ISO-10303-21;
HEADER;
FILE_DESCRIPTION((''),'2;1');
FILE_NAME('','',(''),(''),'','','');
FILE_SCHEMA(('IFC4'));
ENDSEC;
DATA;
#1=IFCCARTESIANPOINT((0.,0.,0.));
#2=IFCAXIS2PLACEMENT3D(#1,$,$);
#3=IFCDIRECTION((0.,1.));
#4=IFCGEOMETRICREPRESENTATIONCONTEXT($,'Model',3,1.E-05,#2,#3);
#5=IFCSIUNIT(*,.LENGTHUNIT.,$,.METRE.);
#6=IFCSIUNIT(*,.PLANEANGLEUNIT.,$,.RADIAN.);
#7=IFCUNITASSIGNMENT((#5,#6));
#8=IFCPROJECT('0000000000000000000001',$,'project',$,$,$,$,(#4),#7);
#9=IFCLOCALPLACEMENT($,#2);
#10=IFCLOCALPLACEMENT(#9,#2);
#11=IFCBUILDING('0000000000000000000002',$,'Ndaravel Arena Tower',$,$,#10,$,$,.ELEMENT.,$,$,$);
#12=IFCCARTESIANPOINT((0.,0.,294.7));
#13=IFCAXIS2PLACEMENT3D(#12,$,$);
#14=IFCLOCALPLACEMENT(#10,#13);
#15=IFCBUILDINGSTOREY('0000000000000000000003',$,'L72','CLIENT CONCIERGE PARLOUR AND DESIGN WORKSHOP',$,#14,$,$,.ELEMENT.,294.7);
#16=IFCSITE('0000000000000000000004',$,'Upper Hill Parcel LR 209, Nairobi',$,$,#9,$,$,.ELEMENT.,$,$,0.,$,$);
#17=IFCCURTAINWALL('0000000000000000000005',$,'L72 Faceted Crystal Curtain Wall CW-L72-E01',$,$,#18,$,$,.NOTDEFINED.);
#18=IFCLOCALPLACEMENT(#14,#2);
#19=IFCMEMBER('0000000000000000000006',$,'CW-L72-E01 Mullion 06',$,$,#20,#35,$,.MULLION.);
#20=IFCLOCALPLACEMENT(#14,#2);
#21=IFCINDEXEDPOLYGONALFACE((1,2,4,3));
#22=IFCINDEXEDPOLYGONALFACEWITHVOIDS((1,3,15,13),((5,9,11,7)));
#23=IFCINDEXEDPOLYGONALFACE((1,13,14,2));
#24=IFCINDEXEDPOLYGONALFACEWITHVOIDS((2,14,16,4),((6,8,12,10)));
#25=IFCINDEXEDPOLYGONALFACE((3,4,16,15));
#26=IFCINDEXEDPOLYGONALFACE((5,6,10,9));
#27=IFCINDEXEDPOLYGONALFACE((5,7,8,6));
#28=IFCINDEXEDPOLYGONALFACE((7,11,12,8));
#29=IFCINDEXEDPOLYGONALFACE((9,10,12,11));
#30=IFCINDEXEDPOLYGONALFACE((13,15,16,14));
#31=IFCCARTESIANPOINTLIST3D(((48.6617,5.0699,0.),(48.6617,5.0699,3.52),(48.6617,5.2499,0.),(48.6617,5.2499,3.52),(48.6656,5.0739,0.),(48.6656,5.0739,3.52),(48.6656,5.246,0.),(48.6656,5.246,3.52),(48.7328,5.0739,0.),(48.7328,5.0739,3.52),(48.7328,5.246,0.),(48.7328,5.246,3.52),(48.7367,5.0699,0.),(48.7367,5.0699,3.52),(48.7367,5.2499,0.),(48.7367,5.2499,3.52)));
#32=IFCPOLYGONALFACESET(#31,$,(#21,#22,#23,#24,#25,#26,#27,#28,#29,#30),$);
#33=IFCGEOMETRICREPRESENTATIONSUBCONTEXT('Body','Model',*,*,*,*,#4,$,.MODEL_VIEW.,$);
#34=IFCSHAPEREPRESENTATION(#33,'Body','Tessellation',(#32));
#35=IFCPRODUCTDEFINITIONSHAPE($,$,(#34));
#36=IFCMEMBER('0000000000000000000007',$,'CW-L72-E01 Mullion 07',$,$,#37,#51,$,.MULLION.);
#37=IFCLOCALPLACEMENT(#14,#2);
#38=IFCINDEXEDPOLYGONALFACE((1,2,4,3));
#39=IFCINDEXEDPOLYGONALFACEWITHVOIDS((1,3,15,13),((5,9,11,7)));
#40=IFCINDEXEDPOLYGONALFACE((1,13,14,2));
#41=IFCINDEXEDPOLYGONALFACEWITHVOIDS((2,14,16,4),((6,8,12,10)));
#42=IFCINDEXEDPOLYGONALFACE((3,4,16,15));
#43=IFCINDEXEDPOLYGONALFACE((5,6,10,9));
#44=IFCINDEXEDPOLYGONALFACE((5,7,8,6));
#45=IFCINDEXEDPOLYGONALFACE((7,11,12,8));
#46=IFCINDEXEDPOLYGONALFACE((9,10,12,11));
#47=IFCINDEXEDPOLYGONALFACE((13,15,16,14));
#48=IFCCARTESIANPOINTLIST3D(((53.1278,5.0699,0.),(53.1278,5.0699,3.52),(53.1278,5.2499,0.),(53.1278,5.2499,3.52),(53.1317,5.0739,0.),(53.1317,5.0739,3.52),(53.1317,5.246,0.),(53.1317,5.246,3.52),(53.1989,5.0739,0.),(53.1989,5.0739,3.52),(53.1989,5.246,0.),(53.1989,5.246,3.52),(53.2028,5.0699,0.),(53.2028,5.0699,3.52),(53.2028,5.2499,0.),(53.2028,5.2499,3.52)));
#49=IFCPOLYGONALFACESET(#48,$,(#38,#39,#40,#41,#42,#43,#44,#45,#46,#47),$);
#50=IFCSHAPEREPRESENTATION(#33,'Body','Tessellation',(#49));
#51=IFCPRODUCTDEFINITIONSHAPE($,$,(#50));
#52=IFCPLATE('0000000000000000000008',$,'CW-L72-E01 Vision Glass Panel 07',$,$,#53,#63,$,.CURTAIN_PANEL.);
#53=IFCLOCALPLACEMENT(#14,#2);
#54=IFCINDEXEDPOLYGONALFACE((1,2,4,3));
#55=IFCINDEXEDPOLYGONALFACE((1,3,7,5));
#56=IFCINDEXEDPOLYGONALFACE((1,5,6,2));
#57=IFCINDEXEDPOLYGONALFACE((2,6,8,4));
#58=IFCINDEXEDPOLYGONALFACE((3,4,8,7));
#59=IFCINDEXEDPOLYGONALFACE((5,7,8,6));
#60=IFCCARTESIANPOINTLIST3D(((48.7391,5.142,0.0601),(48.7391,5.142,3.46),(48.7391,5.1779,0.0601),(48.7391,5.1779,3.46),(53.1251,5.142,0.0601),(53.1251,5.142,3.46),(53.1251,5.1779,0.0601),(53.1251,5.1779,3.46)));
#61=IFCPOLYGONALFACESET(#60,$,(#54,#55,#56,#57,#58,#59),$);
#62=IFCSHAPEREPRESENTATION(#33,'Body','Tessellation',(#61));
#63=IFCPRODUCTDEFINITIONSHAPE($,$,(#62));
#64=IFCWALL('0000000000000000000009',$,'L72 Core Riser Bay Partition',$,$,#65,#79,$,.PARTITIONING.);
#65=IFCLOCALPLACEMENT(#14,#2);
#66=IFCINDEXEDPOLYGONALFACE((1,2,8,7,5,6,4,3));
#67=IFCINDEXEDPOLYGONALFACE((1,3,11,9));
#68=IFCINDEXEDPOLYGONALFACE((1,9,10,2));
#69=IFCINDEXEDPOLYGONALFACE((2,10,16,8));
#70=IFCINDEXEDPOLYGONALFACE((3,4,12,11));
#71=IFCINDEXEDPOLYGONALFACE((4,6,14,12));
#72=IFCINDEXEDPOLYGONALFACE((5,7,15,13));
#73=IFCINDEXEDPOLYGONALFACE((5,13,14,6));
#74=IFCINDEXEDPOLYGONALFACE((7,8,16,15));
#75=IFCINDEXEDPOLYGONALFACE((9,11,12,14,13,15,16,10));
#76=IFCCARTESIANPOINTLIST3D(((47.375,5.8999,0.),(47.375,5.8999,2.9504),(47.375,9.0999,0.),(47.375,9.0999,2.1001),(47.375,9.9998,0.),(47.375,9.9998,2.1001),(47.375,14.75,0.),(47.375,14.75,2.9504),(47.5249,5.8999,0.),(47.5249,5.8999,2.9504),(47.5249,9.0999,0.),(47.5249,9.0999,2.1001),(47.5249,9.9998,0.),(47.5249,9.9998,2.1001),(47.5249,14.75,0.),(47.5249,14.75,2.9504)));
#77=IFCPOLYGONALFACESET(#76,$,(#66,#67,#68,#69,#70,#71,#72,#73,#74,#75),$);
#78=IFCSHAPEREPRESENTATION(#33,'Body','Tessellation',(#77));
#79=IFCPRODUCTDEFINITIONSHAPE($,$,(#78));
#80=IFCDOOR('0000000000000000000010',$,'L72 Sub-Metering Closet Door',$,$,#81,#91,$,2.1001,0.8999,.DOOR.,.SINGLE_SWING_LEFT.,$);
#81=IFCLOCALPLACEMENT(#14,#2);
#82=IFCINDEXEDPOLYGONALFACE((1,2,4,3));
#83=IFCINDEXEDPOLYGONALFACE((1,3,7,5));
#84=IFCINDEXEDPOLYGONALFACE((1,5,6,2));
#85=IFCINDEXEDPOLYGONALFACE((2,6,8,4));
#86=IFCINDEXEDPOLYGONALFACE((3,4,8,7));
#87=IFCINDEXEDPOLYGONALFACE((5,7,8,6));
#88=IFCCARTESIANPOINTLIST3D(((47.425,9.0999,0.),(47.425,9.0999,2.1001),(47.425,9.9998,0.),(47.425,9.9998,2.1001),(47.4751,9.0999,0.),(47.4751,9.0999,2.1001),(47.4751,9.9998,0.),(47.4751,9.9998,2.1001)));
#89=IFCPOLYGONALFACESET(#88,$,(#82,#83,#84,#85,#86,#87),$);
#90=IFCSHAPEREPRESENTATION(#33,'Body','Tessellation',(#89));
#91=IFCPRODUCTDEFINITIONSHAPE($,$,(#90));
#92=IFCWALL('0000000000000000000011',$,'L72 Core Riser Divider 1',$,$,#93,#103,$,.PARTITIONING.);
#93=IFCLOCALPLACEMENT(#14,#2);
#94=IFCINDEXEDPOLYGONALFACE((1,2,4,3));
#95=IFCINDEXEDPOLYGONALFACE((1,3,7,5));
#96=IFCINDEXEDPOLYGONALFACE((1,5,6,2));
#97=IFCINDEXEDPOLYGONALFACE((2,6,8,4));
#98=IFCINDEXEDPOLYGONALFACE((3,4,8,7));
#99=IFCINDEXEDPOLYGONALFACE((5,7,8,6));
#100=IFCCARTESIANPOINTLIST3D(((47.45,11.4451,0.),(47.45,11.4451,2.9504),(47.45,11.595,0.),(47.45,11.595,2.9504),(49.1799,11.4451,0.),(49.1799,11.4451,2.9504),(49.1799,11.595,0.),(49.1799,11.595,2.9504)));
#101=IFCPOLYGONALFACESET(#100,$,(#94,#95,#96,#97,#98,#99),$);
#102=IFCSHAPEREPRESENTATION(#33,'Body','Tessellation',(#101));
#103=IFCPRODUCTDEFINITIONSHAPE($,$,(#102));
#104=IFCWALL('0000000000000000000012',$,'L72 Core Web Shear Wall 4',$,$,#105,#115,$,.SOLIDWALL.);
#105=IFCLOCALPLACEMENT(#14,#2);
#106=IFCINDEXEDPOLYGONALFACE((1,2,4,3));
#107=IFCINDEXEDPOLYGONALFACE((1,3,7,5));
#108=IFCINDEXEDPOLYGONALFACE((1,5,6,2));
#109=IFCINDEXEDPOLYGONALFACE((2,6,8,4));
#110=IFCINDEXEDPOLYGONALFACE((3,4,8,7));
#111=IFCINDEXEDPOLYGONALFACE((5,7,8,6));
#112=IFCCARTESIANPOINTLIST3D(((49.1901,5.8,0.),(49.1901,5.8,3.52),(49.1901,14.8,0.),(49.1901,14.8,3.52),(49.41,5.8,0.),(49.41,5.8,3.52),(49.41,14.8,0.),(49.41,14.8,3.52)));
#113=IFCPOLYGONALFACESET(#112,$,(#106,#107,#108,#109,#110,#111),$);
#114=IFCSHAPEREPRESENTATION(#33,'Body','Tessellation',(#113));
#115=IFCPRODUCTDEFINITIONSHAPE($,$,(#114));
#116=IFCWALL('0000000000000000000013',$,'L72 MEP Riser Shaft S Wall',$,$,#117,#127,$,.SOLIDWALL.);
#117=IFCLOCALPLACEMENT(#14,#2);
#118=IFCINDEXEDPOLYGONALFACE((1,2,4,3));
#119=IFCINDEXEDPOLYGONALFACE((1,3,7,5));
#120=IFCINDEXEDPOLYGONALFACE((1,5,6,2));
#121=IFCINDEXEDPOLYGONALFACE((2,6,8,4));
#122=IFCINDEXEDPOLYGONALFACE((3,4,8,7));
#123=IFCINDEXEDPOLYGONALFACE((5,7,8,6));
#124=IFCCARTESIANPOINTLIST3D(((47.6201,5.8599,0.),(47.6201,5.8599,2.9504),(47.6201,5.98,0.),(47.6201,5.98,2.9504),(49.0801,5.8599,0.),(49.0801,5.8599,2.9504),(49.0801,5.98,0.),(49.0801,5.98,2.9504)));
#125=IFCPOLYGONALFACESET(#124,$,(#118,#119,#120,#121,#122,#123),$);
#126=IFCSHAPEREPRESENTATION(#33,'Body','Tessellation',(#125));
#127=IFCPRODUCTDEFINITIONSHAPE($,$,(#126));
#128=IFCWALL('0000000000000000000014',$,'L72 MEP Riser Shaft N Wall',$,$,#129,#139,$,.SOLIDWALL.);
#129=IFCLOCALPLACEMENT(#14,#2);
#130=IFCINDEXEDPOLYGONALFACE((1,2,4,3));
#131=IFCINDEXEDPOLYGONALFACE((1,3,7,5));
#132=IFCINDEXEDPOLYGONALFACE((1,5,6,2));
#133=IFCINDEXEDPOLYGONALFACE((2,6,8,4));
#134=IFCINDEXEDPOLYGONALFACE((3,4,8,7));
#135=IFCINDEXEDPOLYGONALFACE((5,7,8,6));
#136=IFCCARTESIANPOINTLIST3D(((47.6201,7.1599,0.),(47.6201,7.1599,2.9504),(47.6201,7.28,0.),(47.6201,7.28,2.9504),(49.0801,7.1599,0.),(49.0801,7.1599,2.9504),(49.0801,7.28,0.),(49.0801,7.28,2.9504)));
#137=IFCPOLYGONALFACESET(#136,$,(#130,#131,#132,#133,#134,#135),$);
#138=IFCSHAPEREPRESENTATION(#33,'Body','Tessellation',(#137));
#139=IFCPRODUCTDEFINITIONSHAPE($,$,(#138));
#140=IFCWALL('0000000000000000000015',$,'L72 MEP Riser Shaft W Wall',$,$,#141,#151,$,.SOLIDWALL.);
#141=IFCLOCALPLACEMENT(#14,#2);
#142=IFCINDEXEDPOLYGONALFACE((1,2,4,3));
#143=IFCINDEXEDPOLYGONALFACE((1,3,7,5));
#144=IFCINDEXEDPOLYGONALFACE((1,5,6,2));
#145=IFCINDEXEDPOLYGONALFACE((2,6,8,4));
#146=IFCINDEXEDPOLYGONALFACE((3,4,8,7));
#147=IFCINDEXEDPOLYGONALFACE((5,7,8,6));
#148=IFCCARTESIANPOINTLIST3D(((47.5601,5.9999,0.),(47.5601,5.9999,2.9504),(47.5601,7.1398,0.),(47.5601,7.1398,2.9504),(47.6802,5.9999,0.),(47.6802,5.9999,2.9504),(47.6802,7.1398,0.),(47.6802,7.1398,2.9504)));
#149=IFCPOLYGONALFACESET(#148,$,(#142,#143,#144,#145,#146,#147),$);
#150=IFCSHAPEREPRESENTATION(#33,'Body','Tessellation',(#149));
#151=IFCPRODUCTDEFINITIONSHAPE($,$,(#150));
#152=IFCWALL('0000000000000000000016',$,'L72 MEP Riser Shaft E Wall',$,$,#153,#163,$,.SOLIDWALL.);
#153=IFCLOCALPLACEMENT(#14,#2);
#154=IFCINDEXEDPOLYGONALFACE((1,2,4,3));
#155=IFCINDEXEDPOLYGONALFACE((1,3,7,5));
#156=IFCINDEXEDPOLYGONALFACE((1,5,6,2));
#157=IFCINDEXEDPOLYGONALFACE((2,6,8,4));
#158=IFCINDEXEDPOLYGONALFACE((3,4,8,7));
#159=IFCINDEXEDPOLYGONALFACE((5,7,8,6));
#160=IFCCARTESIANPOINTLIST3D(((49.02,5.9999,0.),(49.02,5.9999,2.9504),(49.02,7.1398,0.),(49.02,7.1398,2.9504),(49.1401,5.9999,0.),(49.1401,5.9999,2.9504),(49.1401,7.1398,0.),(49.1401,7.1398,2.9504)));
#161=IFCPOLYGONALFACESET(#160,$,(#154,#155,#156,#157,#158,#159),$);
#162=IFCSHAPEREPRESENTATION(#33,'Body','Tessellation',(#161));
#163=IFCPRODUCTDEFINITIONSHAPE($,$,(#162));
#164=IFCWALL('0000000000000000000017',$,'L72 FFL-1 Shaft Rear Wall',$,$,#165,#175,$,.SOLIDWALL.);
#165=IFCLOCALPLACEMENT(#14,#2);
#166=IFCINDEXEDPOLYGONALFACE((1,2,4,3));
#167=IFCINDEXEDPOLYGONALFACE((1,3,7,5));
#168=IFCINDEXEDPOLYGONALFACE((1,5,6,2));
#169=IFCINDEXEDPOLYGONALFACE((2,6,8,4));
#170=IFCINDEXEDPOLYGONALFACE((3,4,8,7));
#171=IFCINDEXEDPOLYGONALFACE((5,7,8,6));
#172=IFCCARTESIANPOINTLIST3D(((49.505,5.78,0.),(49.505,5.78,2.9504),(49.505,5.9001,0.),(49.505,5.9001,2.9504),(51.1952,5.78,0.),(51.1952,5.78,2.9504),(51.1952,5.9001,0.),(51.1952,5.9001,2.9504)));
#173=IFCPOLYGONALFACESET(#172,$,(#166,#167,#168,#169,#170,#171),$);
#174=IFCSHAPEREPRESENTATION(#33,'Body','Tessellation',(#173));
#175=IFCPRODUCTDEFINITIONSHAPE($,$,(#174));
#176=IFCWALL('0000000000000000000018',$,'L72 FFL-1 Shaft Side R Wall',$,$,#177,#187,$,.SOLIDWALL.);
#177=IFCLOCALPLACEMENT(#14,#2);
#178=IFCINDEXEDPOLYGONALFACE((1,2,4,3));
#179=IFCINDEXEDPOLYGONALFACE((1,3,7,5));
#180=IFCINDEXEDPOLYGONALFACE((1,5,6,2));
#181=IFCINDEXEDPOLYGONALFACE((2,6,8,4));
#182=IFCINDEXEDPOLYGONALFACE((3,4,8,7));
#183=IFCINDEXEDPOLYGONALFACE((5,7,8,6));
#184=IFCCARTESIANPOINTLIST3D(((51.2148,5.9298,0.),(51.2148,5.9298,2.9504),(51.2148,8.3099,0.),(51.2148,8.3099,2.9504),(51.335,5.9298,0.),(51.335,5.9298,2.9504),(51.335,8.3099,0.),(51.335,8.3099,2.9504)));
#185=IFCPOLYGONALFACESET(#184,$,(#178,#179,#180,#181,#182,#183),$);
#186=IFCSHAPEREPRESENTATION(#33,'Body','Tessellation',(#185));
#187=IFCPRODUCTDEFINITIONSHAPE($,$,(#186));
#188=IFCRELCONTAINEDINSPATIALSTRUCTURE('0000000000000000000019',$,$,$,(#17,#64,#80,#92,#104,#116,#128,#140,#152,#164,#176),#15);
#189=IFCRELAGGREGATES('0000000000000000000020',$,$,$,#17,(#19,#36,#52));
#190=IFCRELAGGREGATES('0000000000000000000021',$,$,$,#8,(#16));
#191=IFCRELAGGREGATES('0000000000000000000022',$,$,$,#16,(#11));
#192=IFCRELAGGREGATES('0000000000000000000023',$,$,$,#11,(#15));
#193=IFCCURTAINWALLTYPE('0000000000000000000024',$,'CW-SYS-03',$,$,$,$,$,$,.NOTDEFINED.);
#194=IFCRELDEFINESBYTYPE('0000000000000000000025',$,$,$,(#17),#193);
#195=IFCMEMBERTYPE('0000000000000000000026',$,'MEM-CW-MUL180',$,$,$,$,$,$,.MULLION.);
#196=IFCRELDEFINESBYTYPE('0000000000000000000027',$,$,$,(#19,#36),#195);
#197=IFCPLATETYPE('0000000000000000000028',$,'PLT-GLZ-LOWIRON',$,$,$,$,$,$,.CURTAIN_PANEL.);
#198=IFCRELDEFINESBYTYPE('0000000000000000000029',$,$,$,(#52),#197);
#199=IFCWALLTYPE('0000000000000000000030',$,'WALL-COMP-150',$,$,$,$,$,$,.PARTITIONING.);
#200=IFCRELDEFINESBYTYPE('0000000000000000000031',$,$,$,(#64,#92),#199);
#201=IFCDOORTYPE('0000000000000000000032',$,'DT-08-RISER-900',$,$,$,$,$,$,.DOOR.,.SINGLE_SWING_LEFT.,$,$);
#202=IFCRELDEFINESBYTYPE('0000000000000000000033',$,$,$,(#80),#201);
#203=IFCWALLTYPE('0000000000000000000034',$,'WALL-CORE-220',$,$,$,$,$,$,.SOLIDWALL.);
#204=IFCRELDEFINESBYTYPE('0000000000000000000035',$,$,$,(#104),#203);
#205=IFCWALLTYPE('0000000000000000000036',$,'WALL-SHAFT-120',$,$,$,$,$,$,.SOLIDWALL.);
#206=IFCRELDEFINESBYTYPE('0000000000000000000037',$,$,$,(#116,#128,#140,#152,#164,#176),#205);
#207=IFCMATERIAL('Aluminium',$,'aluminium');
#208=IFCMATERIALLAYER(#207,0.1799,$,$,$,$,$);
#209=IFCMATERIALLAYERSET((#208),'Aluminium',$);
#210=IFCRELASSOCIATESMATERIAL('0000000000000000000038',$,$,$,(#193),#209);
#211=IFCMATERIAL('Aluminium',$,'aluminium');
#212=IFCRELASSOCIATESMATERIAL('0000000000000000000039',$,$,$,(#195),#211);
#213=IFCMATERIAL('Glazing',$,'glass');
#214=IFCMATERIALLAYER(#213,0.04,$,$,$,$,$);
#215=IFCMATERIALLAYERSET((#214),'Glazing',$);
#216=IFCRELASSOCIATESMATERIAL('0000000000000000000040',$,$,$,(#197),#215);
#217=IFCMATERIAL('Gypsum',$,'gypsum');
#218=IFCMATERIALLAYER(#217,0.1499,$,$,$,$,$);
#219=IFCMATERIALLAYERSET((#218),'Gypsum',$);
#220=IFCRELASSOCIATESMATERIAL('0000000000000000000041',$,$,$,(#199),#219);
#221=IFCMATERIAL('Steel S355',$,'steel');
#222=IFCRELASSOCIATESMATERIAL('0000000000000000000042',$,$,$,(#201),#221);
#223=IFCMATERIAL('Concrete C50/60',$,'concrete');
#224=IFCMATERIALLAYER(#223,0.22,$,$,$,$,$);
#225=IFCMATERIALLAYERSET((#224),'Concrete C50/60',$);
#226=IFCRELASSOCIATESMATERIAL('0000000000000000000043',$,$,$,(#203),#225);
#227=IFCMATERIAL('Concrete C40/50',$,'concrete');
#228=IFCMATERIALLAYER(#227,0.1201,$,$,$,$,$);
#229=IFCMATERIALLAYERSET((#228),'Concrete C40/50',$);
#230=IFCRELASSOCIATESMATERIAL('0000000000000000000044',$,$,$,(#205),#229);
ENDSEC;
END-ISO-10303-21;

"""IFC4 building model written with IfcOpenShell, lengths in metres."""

from ifc_helpers import new_model, si_unit, direction, frame, frame_2d, origin, origin_2d, place, context, subcontext, project, spatial, rectangle, hollow_rectangle, extrude, material, layer, layer_set, material_profile, profile_set, type_object, element, fill, aggregate, save


model = new_model("IFC4")

# Units and contexts
model_context = context("Model", 3, precision=1e-05, world=origin(), true_north=direction((0.0, 1.0)))
body_context = subcontext(model_context, "Body", "Model", "MODEL_VIEW")
ifc_project = project(units=[si_unit("LENGTHUNIT", "METRE"), si_unit("PLANEANGLEUNIT", "RADIAN")], contexts=[model_context])

# Site, building, storey
site_placement = place(None, origin())
site = spatial("IfcSite", under=ifc_project, at=site_placement, Name="Upper Hill Parcel LR 209, Nairobi", CompositionType="ELEMENT", RefElevation=0.0)
building_placement = place(site_placement, origin())
building = spatial("IfcBuilding", under=site, at=building_placement, Name="Ndaravel Arena Tower", CompositionType="ELEMENT")
storey_placement = place(building_placement, frame((0.0, 0.0, 294.7)))
storey = spatial("IfcBuildingStorey", under=building, at=storey_placement, Name="L72", Description="CLIENT CONCIERGE PARLOUR AND DESIGN WORKSHOP", CompositionType="ELEMENT", Elevation=294.7)

# Curtain wall, members, plate
ifc_material_1 = material(Name="Aluminium", Category="aluminium")
ifc_layer_1 = layer(ifc_material_1, 0.1799)
ifc_layer_set_1 = layer_set([ifc_layer_1], Name="Aluminium")
curtain_wall_type = type_object("IfcCurtainWallType", Name="CW-SYS-03", PredefinedType="NOTDEFINED", material=ifc_layer_set_1)
curtain_wall_placement = place(storey_placement, origin())
curtain_wall = element("IfcCurtainWall", 1, at=curtain_wall_placement, inside=storey, type_object=curtain_wall_type, Name="L72 Faceted Crystal Curtain Wall CW-L72-E01", PredefinedType="NOTDEFINED")
ifc_material_2 = material(Name="Aluminium", Category="aluminium")
ifc_material_profile = material_profile(ifc_material_2, hollow_rectangle(XDim=0.075, YDim=0.1799, WallThickness=0.0039, at=origin_2d()), Name="CW MULLION 75x180x4")
ifc_profile_set = profile_set([ifc_material_profile], Name="Aluminium")
member_type = type_object("IfcMemberType", Name="MEM-CW-MUL180", PredefinedType="MULLION", material=ifc_profile_set)
member_1_placement = place(storey_placement, frame((48.6992, 5.1599, 0.0), z_axis=(0.0, 0.0, 1.0), x_axis=(1.0, 0.0, 0.0)))
member_1 = element("IfcMember", 2, at=member_1_placement, type_object=member_type, Name="CW-L72-E01 Mullion 06", PredefinedType="MULLION", context=body_context, shape_type="SweptSolid", body=[
    extrude(hollow_rectangle(XDim=0.075, YDim=0.1799, WallThickness=0.0039, at=origin_2d()), origin(), (0.0, 0.0, 1.0), 3.52),
])
member_2_placement = place(storey_placement, frame((53.1653, 5.1599, 0.0), z_axis=(0.0, 0.0, 1.0), x_axis=(1.0, 0.0, 0.0)))
member_2 = element("IfcMember", 3, at=member_2_placement, type_object=member_type, Name="CW-L72-E01 Mullion 07", PredefinedType="MULLION", context=body_context, shape_type="SweptSolid", body=[
    extrude(hollow_rectangle(XDim=0.075, YDim=0.1799, WallThickness=0.0039, at=origin_2d()), origin(), (0.0, 0.0, 1.0), 3.52),
])
ifc_material_3 = material(Name="Glazing", Category="glass")
ifc_layer_2 = layer(ifc_material_3, 0.04)
ifc_layer_set_2 = layer_set([ifc_layer_2], Name="Glazing")
plate_type = type_object("IfcPlateType", Name="PLT-GLZ-LOWIRON", PredefinedType="CURTAIN_PANEL", material=ifc_layer_set_2)
plate_placement = place(storey_placement, frame((50.9321, 5.1599, 0.0601), z_axis=(0.0, 0.0, 1.0), x_axis=(1.0, 0.0, 0.0)))
plate = element("IfcPlate", 4, at=plate_placement, type_object=plate_type, Name="CW-L72-E01 Vision Glass Panel 07", PredefinedType="CURTAIN_PANEL", context=body_context, shape_type="SweptSolid", body=[
    extrude(rectangle(XDim=4.386, YDim=0.0359, at=origin_2d()), origin(), (0.0, 0.0, 1.0), 3.3999),
])
aggregate(curtain_wall, [member_1, member_2, plate])

# Wall, opening, door
ifc_material_4 = material(Name="Gypsum", Category="gypsum")
ifc_layer_3 = layer(ifc_material_4, 0.1499)
ifc_layer_set_3 = layer_set([ifc_layer_3], Name="Gypsum")
wall_type_1 = type_object("IfcWallType", Name="WALL-COMP-150", PredefinedType="PARTITIONING", material=ifc_layer_set_3)
wall_1_placement = place(storey_placement, frame((47.45, 5.8999, 0.0), z_axis=(0.0, 0.0, 1.0), x_axis=(0.0, 1.0, 0.0)))
wall_1 = element("IfcWall", 5, at=wall_1_placement, inside=storey, type_object=wall_type_1, Name="L72 Core Riser Bay Partition", PredefinedType="PARTITIONING", context=body_context, shape_type="SweptSolid", body=[
    extrude(rectangle(XDim=8.8501, YDim=0.1499, at=frame_2d((4.425, 0.0))), origin(), (0.0, 0.0, 1.0), 2.9504),
])
opening_1_placement = place(wall_1_placement, frame((3.2, 0.0, 0.0)))
opening_1 = element("IfcOpeningElement", 6, at=opening_1_placement, cuts=wall_1, PredefinedType="OPENING", context=body_context, shape_type="SweptSolid", body=[
    extrude(rectangle(XDim=0.8999, YDim=2.1001, at=frame_2d((0.45, 1.05))), frame((0.0, 0.075, 0.0), z_axis=(0.0, -1.0, 0.0), x_axis=(1.0, 0.0, 0.0)), (0.0, 0.0, 1.0), 0.1499),
])
ifc_material_5 = material(Name="Steel S355", Category="steel")
door_type_1 = type_object("IfcDoorType", Name="DT-08-RISER-900", OperationType="SINGLE_SWING_LEFT", PredefinedType="DOOR", material=ifc_material_5)
door_1_placement = place(opening_1_placement, origin())
door_1 = element("IfcDoor", 7, at=door_1_placement, inside=storey, type_object=door_type_1, Name="L72 Sub-Metering Closet Door", OperationType="SINGLE_SWING_LEFT", OverallHeight=2.1001, OverallWidth=0.8999, PredefinedType="DOOR", context=body_context, shape_type="SweptSolid", body=[
    extrude(rectangle(XDim=0.8999, YDim=2.1001, at=frame_2d((0.45, 1.05))), frame((0.0, 0.0249, 0.0), z_axis=(0.0, -1.0, 0.0), x_axis=(1.0, 0.0, 0.0)), (0.0, 0.0, 1.0), 0.05),
])
fill(opening_1, door_1)

# Walls
wall_2_placement = place(storey_placement, frame((47.45, 11.52, 0.0), z_axis=(0.0, 0.0, 1.0), x_axis=(1.0, 0.0, 0.0)))
element("IfcWall", 8, at=wall_2_placement, inside=storey, type_object=wall_type_1, Name="L72 Core Riser Divider 1", PredefinedType="PARTITIONING", context=body_context, shape_type="SweptSolid", body=[
    extrude(rectangle(XDim=1.73, YDim=0.1499, at=frame_2d((0.865, 0.0))), origin(), (0.0, 0.0, 1.0), 2.9504),
])
ifc_material_6 = material(Name="Concrete C50/60", Category="concrete")
ifc_layer_4 = layer(ifc_material_6, 0.22)
ifc_layer_set_4 = layer_set([ifc_layer_4], Name="Concrete C50/60")
wall_type_2 = type_object("IfcWallType", Name="WALL-CORE-220", PredefinedType="SOLIDWALL", material=ifc_layer_set_4)
wall_3_placement = place(storey_placement, frame((49.3, 5.8, 0.0), z_axis=(0.0, 0.0, 1.0), x_axis=(0.0, 1.0, 0.0)))
element("IfcWall", 9, at=wall_3_placement, inside=storey, type_object=wall_type_2, Name="L72 Core Web Shear Wall 4", PredefinedType="SOLIDWALL", context=body_context, shape_type="SweptSolid", body=[
    extrude(rectangle(XDim=9.0, YDim=0.22, at=frame_2d((4.5, 0.0))), origin(), (0.0, 0.0, 1.0), 3.52),
])
ifc_material_7 = material(Name="Concrete C40/50", Category="concrete")
ifc_layer_5 = layer(ifc_material_7, 0.1201)
ifc_layer_set_5 = layer_set([ifc_layer_5], Name="Concrete C40/50")
wall_type_3 = type_object("IfcWallType", Name="WALL-SHAFT-120", PredefinedType="SOLIDWALL", material=ifc_layer_set_5)
for number, where, z_axis, x_axis, name in (
    (10, (47.6201, 5.9199, 0.0), (0.0, 0.0, 1.0), (1.0, 0.0, 0.0), "L72 MEP Riser Shaft S Wall"),
    (11, (47.6201, 7.22, 0.0), (0.0, 0.0, 1.0), (1.0, 0.0, 0.0), "L72 MEP Riser Shaft N Wall"),
):
    element("IfcWall", number, at=place(storey_placement, frame(where, z_axis=z_axis, x_axis=x_axis)), inside=storey, type_object=wall_type_3, Name=name, PredefinedType="SOLIDWALL", context=body_context, shape_type="SweptSolid", body=[
        extrude(rectangle(XDim=1.46, YDim=0.1201, at=frame_2d((0.73, 0.0))), origin(), (0.0, 0.0, 1.0), 2.9504),
    ])
for number, where, z_axis, x_axis, name in (
    (12, (47.6201, 6.0, 0.0), (0.0, 0.0, 1.0), (0.0, 1.0, 0.0), "L72 MEP Riser Shaft W Wall"),
    (13, (49.0801, 6.0, 0.0), (0.0, 0.0, 1.0), (0.0, 1.0, 0.0), "L72 MEP Riser Shaft E Wall"),
):
    element("IfcWall", number, at=place(storey_placement, frame(where, z_axis=z_axis, x_axis=x_axis)), inside=storey, type_object=wall_type_3, Name=name, PredefinedType="SOLIDWALL", context=body_context, shape_type="SweptSolid", body=[
        extrude(rectangle(XDim=1.1399, YDim=0.1201, at=frame_2d((0.5698, 0.0))), origin(), (0.0, 0.0, 1.0), 2.9504),
    ])
wall_4_placement = place(storey_placement, frame((49.5049, 5.8401, 0.0), z_axis=(0.0, 0.0, 1.0), x_axis=(1.0, 0.0, 0.0)))
element("IfcWall", 14, at=wall_4_placement, inside=storey, type_object=wall_type_3, Name="L72 FFL-1 Shaft Rear Wall", PredefinedType="SOLIDWALL", context=body_context, shape_type="SweptSolid", body=[
    extrude(rectangle(XDim=1.6902, YDim=0.1201, at=frame_2d((0.8452, 0.0))), origin(), (0.0, 0.0, 1.0), 2.9504),
])
wall_5_placement = place(storey_placement, frame((51.2749, 5.9299, 0.0), z_axis=(0.0, 0.0, 1.0), x_axis=(0.0, 1.0, 0.0)))
element("IfcWall", 15, at=wall_5_placement, inside=storey, type_object=wall_type_3, Name="L72 FFL-1 Shaft Side R Wall", PredefinedType="SOLIDWALL", context=body_context, shape_type="SweptSolid", body=[
    extrude(rectangle(XDim=2.3801, YDim=0.1201, at=frame_2d((1.1899, 0.0))), origin(), (0.0, 0.0, 1.0), 2.9504),
])

save(model, "model.ifc")
